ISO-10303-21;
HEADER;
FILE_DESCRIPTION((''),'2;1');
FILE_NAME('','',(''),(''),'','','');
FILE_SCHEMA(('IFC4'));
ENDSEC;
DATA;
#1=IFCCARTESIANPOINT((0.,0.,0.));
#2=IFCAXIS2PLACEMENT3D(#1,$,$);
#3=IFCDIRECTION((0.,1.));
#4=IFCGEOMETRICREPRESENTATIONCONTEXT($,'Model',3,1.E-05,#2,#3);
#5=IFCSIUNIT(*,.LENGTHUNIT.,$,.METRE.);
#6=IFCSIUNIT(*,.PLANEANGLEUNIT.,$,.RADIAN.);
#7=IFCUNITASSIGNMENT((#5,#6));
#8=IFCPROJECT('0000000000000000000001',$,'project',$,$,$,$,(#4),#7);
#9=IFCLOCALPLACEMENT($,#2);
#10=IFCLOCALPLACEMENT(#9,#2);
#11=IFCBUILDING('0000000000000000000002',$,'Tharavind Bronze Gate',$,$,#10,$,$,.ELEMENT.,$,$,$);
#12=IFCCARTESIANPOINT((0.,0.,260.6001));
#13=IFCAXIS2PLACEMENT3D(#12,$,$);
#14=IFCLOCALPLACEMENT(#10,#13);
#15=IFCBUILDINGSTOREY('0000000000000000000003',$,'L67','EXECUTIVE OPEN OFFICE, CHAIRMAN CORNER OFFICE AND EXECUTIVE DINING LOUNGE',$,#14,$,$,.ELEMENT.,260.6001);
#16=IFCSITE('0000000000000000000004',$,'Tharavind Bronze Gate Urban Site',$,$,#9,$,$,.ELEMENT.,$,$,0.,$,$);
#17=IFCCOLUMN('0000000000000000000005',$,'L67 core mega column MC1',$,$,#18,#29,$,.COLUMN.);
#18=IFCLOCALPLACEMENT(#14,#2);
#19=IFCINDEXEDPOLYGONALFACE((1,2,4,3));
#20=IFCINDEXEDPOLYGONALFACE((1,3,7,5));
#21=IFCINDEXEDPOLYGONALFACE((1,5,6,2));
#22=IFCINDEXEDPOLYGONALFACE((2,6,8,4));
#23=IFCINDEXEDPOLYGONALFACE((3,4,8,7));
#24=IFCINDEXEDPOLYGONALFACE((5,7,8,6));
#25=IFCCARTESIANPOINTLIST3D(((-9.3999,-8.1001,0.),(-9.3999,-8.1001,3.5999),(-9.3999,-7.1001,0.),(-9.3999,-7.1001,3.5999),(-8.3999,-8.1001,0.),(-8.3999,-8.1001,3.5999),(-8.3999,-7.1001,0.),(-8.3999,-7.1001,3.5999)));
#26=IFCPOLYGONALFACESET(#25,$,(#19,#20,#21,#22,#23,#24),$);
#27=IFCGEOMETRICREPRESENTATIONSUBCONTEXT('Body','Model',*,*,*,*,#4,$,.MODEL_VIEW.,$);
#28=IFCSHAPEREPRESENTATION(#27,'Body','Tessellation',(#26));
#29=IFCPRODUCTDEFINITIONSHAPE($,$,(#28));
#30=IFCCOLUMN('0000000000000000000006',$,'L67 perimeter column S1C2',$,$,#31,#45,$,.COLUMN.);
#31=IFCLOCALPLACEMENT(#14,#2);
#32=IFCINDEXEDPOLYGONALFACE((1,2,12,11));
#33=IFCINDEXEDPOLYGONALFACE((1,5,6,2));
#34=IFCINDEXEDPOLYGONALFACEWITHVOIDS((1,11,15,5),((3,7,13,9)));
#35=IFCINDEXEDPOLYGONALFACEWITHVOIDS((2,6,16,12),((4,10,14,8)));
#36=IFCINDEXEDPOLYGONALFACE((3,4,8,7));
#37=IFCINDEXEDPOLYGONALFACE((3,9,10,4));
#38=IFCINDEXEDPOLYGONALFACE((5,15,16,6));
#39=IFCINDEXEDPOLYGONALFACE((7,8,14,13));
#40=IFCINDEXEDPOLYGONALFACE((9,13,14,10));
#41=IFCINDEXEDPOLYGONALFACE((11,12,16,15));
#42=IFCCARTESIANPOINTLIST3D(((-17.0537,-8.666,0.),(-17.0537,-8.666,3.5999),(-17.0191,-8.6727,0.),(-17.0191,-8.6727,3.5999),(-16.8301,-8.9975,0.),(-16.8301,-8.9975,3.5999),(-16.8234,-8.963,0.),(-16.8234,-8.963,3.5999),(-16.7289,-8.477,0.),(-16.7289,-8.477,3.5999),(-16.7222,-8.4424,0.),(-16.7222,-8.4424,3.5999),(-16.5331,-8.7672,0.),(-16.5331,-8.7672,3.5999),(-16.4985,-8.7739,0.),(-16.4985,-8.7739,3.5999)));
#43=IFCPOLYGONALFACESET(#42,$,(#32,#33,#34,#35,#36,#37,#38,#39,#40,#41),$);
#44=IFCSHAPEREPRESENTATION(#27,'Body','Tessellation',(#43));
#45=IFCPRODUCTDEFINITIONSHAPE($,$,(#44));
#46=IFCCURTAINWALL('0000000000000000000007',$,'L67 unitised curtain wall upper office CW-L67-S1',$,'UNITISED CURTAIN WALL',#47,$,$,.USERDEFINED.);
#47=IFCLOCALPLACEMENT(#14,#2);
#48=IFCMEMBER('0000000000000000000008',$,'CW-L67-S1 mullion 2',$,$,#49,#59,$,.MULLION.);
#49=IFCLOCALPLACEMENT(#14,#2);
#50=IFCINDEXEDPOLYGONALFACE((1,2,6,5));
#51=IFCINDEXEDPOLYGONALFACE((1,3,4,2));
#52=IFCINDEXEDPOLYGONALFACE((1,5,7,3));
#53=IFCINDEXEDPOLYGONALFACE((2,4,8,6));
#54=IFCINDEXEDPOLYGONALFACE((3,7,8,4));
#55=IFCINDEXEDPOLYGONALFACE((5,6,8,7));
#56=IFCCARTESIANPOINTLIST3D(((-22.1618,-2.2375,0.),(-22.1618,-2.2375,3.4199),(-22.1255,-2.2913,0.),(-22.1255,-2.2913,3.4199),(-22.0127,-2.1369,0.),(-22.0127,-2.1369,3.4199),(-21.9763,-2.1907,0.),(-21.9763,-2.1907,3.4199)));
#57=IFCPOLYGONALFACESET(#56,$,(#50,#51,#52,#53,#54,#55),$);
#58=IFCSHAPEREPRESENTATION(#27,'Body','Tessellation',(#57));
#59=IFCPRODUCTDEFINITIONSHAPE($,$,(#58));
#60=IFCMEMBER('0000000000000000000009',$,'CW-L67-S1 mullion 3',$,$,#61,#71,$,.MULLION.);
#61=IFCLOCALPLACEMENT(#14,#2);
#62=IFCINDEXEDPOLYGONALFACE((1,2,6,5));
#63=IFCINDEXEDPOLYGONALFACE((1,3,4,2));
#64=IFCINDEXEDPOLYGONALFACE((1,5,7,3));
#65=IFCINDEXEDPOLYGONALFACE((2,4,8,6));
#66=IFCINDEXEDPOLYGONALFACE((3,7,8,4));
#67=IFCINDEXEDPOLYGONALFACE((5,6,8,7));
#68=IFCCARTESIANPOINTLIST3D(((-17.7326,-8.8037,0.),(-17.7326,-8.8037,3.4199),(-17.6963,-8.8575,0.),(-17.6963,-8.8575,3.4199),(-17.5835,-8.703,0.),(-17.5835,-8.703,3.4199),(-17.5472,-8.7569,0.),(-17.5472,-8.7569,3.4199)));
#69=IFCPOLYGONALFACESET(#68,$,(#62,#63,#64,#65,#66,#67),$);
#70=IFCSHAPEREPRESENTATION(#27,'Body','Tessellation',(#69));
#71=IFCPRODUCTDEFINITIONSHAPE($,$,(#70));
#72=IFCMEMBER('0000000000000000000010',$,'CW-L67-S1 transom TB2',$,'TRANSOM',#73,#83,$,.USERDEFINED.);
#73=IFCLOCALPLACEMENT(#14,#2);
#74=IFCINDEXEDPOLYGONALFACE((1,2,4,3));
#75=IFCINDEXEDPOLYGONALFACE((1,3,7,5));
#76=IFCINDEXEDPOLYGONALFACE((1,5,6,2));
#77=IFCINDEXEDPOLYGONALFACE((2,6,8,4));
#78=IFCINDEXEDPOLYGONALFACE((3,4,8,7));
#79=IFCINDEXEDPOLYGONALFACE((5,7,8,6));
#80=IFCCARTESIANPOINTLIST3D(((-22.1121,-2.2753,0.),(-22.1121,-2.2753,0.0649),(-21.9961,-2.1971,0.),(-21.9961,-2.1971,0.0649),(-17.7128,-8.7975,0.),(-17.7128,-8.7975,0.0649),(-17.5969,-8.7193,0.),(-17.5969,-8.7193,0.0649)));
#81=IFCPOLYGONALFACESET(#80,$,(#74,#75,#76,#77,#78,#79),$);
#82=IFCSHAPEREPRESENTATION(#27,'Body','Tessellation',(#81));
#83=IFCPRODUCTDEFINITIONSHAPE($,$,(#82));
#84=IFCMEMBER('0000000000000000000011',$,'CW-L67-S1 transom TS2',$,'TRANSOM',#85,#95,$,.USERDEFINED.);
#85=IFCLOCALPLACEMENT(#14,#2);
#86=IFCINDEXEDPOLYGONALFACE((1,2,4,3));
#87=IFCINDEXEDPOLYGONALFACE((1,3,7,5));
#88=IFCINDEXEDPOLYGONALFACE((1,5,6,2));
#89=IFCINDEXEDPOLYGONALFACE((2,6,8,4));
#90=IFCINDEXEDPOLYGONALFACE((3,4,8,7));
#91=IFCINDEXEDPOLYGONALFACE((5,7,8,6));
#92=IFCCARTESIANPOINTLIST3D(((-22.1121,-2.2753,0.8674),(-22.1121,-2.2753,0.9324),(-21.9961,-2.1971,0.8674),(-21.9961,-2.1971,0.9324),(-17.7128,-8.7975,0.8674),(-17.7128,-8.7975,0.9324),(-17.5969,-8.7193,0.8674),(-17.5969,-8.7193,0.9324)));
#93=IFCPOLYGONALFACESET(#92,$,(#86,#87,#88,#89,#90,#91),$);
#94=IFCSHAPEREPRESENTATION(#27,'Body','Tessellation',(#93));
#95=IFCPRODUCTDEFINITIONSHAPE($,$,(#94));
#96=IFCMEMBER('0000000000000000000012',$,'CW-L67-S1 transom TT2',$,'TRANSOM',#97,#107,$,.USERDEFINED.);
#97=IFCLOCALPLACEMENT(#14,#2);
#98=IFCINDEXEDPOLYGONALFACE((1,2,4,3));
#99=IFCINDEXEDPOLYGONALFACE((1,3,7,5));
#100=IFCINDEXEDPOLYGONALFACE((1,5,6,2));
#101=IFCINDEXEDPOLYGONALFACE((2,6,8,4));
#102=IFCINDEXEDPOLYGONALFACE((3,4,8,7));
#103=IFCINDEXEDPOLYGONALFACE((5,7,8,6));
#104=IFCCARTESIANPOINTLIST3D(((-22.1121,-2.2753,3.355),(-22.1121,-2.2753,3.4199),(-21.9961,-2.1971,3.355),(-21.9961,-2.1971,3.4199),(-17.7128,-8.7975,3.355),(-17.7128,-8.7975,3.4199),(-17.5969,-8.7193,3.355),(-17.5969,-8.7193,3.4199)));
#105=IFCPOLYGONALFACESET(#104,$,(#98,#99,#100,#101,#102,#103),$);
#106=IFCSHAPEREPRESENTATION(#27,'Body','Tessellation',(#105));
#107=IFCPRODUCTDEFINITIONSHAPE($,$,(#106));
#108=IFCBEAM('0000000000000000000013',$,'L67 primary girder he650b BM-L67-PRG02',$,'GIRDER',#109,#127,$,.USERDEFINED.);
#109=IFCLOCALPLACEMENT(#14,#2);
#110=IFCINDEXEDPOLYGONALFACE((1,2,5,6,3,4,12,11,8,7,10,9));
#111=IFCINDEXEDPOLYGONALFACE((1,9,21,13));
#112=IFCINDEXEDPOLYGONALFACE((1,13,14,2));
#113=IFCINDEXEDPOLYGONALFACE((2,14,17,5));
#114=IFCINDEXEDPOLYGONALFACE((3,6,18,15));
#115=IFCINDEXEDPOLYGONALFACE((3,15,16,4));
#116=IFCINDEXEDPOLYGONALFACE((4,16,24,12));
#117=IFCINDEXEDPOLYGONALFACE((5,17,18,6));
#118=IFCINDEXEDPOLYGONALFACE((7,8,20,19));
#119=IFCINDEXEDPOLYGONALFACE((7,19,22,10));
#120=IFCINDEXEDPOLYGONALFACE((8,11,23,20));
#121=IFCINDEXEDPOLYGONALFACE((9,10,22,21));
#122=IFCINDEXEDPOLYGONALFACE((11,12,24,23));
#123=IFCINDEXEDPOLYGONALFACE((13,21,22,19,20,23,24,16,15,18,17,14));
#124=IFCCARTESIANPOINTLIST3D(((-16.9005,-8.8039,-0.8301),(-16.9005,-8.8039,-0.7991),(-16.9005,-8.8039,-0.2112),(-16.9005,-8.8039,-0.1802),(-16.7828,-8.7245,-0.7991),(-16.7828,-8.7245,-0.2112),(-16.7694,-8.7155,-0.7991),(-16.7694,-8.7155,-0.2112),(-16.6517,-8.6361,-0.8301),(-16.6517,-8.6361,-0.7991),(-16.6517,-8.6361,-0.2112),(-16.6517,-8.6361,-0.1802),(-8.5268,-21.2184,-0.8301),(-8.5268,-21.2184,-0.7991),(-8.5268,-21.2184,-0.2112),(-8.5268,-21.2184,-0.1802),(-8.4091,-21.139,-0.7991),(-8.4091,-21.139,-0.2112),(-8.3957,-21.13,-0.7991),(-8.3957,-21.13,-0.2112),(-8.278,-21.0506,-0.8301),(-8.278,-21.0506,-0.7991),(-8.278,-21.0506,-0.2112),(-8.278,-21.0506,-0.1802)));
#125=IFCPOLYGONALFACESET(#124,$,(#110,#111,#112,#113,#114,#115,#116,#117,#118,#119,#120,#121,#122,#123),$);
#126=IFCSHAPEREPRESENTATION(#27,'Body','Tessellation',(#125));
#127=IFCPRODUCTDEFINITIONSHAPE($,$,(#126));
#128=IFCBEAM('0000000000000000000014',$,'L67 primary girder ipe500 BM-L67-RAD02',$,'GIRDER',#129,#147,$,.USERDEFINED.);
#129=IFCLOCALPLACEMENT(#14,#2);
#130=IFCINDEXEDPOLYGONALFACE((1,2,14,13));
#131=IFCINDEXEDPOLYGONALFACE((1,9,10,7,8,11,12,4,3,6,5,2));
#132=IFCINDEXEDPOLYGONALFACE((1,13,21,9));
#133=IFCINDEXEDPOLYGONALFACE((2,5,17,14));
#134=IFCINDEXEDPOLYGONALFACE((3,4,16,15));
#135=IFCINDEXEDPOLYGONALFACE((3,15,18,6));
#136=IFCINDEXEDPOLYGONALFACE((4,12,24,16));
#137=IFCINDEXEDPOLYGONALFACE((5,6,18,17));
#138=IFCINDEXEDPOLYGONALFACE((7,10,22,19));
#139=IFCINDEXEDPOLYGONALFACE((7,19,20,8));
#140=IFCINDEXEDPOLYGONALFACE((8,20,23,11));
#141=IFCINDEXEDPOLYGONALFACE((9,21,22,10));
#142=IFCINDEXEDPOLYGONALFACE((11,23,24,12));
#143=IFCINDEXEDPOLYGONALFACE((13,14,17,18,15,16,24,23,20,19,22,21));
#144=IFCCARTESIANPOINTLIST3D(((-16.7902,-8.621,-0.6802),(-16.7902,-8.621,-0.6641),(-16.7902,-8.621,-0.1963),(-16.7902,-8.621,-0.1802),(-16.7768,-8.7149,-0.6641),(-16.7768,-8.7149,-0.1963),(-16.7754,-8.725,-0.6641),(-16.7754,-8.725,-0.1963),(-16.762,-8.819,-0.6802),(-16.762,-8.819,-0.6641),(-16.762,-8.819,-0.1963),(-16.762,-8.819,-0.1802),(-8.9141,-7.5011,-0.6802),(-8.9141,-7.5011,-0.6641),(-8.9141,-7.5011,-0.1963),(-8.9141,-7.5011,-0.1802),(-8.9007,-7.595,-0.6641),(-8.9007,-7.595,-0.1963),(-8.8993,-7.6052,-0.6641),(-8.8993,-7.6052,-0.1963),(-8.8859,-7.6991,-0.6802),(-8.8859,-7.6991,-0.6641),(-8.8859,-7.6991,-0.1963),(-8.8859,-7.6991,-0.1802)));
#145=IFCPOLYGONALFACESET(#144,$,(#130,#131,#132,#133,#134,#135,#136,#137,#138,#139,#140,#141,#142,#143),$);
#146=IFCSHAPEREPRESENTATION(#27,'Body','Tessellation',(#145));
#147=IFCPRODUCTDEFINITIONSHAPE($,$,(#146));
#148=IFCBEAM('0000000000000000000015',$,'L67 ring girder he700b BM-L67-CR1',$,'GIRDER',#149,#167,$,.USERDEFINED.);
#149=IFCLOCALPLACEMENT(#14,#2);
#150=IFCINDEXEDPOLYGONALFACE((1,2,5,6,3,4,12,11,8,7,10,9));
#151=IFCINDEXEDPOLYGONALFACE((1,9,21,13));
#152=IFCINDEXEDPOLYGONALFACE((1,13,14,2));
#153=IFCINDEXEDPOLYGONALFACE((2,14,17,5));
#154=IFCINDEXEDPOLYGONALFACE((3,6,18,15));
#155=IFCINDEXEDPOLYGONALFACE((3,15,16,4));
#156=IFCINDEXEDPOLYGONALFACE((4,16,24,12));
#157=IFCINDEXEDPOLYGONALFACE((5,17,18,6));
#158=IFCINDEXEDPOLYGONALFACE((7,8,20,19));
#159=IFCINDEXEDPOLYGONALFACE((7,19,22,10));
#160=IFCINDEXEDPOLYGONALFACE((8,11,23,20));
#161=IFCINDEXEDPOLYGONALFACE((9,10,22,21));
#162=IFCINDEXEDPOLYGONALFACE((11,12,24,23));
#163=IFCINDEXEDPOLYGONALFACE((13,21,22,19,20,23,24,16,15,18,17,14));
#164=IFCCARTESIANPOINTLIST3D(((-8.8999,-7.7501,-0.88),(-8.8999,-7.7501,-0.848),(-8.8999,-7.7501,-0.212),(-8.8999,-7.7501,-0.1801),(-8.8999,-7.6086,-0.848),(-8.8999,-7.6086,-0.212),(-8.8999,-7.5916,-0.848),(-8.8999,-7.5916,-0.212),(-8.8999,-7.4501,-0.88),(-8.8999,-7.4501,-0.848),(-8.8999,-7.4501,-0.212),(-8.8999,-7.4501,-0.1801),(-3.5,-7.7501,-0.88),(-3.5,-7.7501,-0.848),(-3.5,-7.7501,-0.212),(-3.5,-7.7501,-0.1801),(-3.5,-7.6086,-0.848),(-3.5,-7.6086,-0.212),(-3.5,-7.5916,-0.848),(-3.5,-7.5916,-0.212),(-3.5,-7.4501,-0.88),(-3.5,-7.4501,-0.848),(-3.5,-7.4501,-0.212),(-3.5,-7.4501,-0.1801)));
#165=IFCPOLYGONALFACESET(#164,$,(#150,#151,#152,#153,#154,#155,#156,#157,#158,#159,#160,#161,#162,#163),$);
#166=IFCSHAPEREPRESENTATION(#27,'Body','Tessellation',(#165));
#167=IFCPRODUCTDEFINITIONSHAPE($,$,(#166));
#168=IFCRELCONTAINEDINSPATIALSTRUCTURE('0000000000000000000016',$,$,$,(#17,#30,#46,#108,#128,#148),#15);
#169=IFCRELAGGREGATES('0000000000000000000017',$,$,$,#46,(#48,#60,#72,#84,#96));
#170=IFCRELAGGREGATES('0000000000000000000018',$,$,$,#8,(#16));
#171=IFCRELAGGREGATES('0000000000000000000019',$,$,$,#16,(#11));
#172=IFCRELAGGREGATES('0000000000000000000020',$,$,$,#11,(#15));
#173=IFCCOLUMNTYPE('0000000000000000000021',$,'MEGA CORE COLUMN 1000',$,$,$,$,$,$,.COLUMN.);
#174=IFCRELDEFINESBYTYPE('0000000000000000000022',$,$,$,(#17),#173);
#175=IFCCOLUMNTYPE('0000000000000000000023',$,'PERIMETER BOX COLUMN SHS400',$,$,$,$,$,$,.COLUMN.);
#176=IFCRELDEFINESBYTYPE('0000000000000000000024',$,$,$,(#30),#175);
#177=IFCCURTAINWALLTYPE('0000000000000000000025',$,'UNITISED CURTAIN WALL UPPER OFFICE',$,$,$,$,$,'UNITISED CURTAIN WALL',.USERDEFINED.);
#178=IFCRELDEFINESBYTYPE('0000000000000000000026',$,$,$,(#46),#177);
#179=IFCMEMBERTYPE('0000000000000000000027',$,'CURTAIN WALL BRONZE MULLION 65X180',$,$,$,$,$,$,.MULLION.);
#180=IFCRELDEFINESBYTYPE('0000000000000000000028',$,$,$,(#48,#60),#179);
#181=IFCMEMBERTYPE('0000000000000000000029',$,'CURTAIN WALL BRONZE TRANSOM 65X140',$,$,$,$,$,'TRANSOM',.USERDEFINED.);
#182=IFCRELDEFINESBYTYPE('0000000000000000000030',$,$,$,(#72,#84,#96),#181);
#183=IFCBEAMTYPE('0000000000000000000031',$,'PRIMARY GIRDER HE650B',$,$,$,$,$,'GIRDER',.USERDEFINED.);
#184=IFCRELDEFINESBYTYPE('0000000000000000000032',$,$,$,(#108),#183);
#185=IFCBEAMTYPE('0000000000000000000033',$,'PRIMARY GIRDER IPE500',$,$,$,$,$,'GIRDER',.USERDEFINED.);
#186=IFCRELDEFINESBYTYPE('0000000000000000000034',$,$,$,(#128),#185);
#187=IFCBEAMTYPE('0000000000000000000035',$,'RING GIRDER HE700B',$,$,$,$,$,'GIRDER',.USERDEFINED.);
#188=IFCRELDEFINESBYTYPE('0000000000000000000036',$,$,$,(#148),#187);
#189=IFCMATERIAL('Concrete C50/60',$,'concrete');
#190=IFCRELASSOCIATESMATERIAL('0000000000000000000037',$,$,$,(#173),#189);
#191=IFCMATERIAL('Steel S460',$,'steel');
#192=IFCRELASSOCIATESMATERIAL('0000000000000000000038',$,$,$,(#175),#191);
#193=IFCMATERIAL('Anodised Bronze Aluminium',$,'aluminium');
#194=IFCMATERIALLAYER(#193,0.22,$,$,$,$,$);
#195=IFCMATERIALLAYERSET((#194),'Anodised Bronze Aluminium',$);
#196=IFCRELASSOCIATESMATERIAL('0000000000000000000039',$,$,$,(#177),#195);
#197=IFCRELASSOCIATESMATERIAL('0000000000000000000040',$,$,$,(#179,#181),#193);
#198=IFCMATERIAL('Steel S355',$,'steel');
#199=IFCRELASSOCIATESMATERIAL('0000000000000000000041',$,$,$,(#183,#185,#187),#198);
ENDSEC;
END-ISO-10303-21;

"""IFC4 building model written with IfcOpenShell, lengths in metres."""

from ifc_helpers import new_model, si_unit, direction, frame, origin, origin_2d, place, context, subcontext, project, spatial, rectangle, hollow_rectangle, i_section, extrude, material, layer, layer_set, material_profile, profile_set, type_object, element, aggregate, save


model = new_model("IFC4")

# Units and contexts
model_context = context("Model", 3, precision=1e-05, world=origin(), true_north=direction((0.0, 1.0)))
body_context = subcontext(model_context, "Body", "Model", "MODEL_VIEW")
ifc_project = project(units=[si_unit("LENGTHUNIT", "METRE"), si_unit("PLANEANGLEUNIT", "RADIAN")], contexts=[model_context])

# Site, building, storey
site_placement = place(None, origin())
site = spatial("IfcSite", under=ifc_project, at=site_placement, Name="Tharavind Bronze Gate Urban Site", CompositionType="ELEMENT", RefElevation=0.0)
building_placement = place(site_placement, origin())
building = spatial("IfcBuilding", under=site, at=building_placement, Name="Tharavind Bronze Gate", CompositionType="ELEMENT")
storey_placement = place(building_placement, frame((0.0, 0.0, 260.6001)))
storey = spatial("IfcBuildingStorey", under=building, at=storey_placement, Name="L67", Description="EXECUTIVE OPEN OFFICE, CHAIRMAN CORNER OFFICE AND EXECUTIVE DINING LOUNGE", CompositionType="ELEMENT", Elevation=260.6001)

# Columns
ifc_material_1 = material(Name="Concrete C50/60", Category="concrete")
ifc_material_profile_1 = material_profile(ifc_material_1, rectangle(XDim=1.0, YDim=1.0, at=origin_2d()), Name="RCCOL1000")
ifc_profile_set_1 = profile_set([ifc_material_profile_1], Name="Concrete C50/60")
column_type_1 = type_object("IfcColumnType", Name="MEGA CORE COLUMN 1000", PredefinedType="COLUMN", material=ifc_profile_set_1)
column_1_placement = place(storey_placement, frame((-8.8999, -7.6001, 0.0), z_axis=(0.0, 0.0, 1.0), x_axis=(1.0, 0.0, 0.0)))
element("IfcColumn", 1, at=column_1_placement, inside=storey, type_object=column_type_1, Name="L67 core mega column MC1", PredefinedType="COLUMN", context=body_context, shape_type="SweptSolid", body=[
    extrude(rectangle(XDim=1.0, YDim=1.0, at=origin_2d()), origin(), (0.0, 0.0, 1.0), 3.5999),
])
ifc_material_2 = material(Name="Steel S460", Category="steel")
ifc_material_profile_2 = material_profile(ifc_material_2, hollow_rectangle(XDim=0.3999, YDim=0.3999, WallThickness=0.0249, at=origin_2d()), Name="SHS400X25")
ifc_profile_set_2 = profile_set([ifc_material_profile_2], Name="Steel S460")
column_type_2 = type_object("IfcColumnType", Name="PERIMETER BOX COLUMN SHS400", PredefinedType="COLUMN", material=ifc_profile_set_2)
column_2_placement = place(storey_placement, frame((-16.7761, -8.72, 0.0), z_axis=(0.0, 0.0, 1.0), x_axis=(-0.559193, 0.829038, 0.0)))
element("IfcColumn", 2, at=column_2_placement, inside=storey, type_object=column_type_2, Name="L67 perimeter column S1C2", PredefinedType="COLUMN", context=body_context, shape_type="SweptSolid", body=[
    extrude(hollow_rectangle(XDim=0.3999, YDim=0.3999, WallThickness=0.0249, at=origin_2d()), origin(), (0.0, 0.0, 1.0), 3.5999),
])

# Curtain wall, members
ifc_material_3 = material(Name="Anodised Bronze Aluminium", Category="aluminium")
ifc_layer_1 = layer(ifc_material_3, 0.22)
ifc_layer_set_1 = layer_set([ifc_layer_1], Name="Anodised Bronze Aluminium")
curtain_wall_type = type_object("IfcCurtainWallType", Name="UNITISED CURTAIN WALL UPPER OFFICE", ElementType="UNITISED CURTAIN WALL", PredefinedType="USERDEFINED", material=ifc_layer_set_1)
curtain_wall_placement = place(storey_placement, origin())
curtain_wall = element("IfcCurtainWall", 3, at=curtain_wall_placement, inside=storey, type_object=curtain_wall_type, Name="L67 unitised curtain wall upper office CW-L67-S1", ObjectType="UNITISED CURTAIN WALL", PredefinedType="USERDEFINED")
member_type_1 = type_object("IfcMemberType", Name="CURTAIN WALL BRONZE MULLION 65X180", PredefinedType="MULLION", material=ifc_material_3)
member_1_placement = place(storey_placement, frame((-22.0691, -2.2141, 0.0), z_axis=(0.0, 0.0, 1.0), x_axis=(0.559191, -0.829039, 0.0)))
member_1 = element("IfcMember", 4, at=member_1_placement, type_object=member_type_1, Name="CW-L67-S1 mullion 2", PredefinedType="MULLION", context=body_context, shape_type="SweptSolid", body=[
    extrude(rectangle(XDim=0.0649, YDim=0.1799, at=origin_2d()), origin(), (0.0, 0.0, 1.0), 3.4199),
])
member_2_placement = place(storey_placement, frame((-17.6399, -8.7803, 0.0), z_axis=(0.0, 0.0, 1.0), x_axis=(0.559191, -0.829039, 0.0)))
member_2 = element("IfcMember", 5, at=member_2_placement, type_object=member_type_1, Name="CW-L67-S1 mullion 3", PredefinedType="MULLION", context=body_context, shape_type="SweptSolid", body=[
    extrude(rectangle(XDim=0.0649, YDim=0.1799, at=origin_2d()), origin(), (0.0, 0.0, 1.0), 3.4199),
])
member_type_2 = type_object("IfcMemberType", Name="CURTAIN WALL BRONZE TRANSOM 65X140", ElementType="TRANSOM", PredefinedType="USERDEFINED", material=ifc_material_3)
member_3_placement = place(storey_placement, frame((-19.8545, -5.4973, 0.0), z_axis=(0.0, 0.0, 1.0), x_axis=(0.559191, -0.829039, 0.0)))
member_3 = element("IfcMember", 6, at=member_3_placement, type_object=member_type_2, Name="CW-L67-S1 transom TB2", ObjectType="TRANSOM", PredefinedType="USERDEFINED", context=body_context, shape_type="SweptSolid", body=[
    extrude(rectangle(XDim=7.8672, YDim=0.1399, at=origin_2d()), origin(), (0.0, 0.0, 1.0), 0.0649),
])
member_4_placement = place(storey_placement, frame((-19.8545, -5.4973, 0.8674), z_axis=(0.0, 0.0, 1.0), x_axis=(0.559191, -0.829039, 0.0)))
member_4 = element("IfcMember", 7, at=member_4_placement, type_object=member_type_2, Name="CW-L67-S1 transom TS2", ObjectType="TRANSOM", PredefinedType="USERDEFINED", context=body_context, shape_type="SweptSolid", body=[
    extrude(rectangle(XDim=7.8672, YDim=0.1399, at=origin_2d()), origin(), (0.0, 0.0, 1.0), 0.0649),
])
member_5_placement = place(storey_placement, frame((-19.8545, -5.4973, 3.355), z_axis=(0.0, 0.0, 1.0), x_axis=(0.559191, -0.829039, 0.0)))
member_5 = element("IfcMember", 8, at=member_5_placement, type_object=member_type_2, Name="CW-L67-S1 transom TT2", ObjectType="TRANSOM", PredefinedType="USERDEFINED", context=body_context, shape_type="SweptSolid", body=[
    extrude(rectangle(XDim=7.8672, YDim=0.1399, at=origin_2d()), origin(), (0.0, 0.0, 1.0), 0.0649),
])

# Beams
ifc_material_4 = material(Name="Steel S355", Category="steel")
ifc_material_profile_3 = material_profile(ifc_material_4, i_section(OverallWidth=0.3, OverallDepth=0.6499, WebThickness=0.0161, FlangeThickness=0.031, at=origin_2d()), Name="HE650B")
ifc_profile_set_3 = profile_set([ifc_material_profile_3], Name="Steel S355")
beam_type_1 = type_object("IfcBeamType", Name="PRIMARY GIRDER HE650B", ElementType="GIRDER", PredefinedType="USERDEFINED", material=ifc_profile_set_3)
beam_1_placement = place(storey_placement, frame((-16.7761, -8.72, -0.5051), z_axis=(0.559196, -0.829036, 0.0), x_axis=(0.829036, 0.559196, 0.0)))
element("IfcBeam", 9, at=beam_1_placement, inside=storey, type_object=beam_type_1, Name="L67 primary girder he650b BM-L67-PRG02", ObjectType="GIRDER", PredefinedType="USERDEFINED", context=body_context, shape_type="SweptSolid", body=[
    extrude(i_section(OverallWidth=0.3, OverallDepth=0.6499, WebThickness=0.0161, FlangeThickness=0.031, at=origin_2d()), origin(), (0.0, 0.0, 1.0), 14.9746),
])
ifc_material_profile_4 = material_profile(ifc_material_4, i_section(OverallWidth=0.2, OverallDepth=0.5, WebThickness=0.0103, FlangeThickness=0.0161, at=origin_2d()), Name="IPE500")
ifc_profile_set_4 = profile_set([ifc_material_profile_4], Name="Steel S355")
beam_type_2 = type_object("IfcBeamType", Name="PRIMARY GIRDER IPE500", ElementType="GIRDER", PredefinedType="USERDEFINED", material=ifc_profile_set_4)
beam_2_placement = place(storey_placement, frame((-16.7761, -8.72, -0.4302), z_axis=(0.990043, 0.140768, 0.0), x_axis=(-0.140768, 0.990043, 0.0)))
element("IfcBeam", 10, at=beam_2_placement, inside=storey, type_object=beam_type_2, Name="L67 primary girder ipe500 BM-L67-RAD02", ObjectType="GIRDER", PredefinedType="USERDEFINED", context=body_context, shape_type="SweptSolid", body=[
    extrude(i_section(OverallWidth=0.2, OverallDepth=0.5, WebThickness=0.0103, FlangeThickness=0.0161, at=origin_2d()), origin(), (0.0, 0.0, 1.0), 7.9553),
])
ifc_material_profile_5 = material_profile(ifc_material_4, i_section(OverallWidth=0.3, OverallDepth=0.7, WebThickness=0.0171, FlangeThickness=0.032, at=origin_2d()), Name="HE700B")
ifc_profile_set_5 = profile_set([ifc_material_profile_5], Name="Steel S355")
beam_type_3 = type_object("IfcBeamType", Name="RING GIRDER HE700B", ElementType="GIRDER", PredefinedType="USERDEFINED", material=ifc_profile_set_5)
beam_3_placement = place(storey_placement, frame((-8.8999, -7.6001, -0.53), z_axis=(1.0, 0.0, 0.0), x_axis=(0.0, 1.0, 0.0)))
element("IfcBeam", 11, at=beam_3_placement, inside=storey, type_object=beam_type_3, Name="L67 ring girder he700b BM-L67-CR1", ObjectType="GIRDER", PredefinedType="USERDEFINED", context=body_context, shape_type="SweptSolid", body=[
    extrude(i_section(OverallWidth=0.3, OverallDepth=0.7, WebThickness=0.0171, FlangeThickness=0.032, at=origin_2d()), origin(), (0.0, 0.0, 1.0), 5.3999),
])

aggregate(curtain_wall, [member_1, member_2, member_3, member_4, member_5])

save(model, "model.ifc")
